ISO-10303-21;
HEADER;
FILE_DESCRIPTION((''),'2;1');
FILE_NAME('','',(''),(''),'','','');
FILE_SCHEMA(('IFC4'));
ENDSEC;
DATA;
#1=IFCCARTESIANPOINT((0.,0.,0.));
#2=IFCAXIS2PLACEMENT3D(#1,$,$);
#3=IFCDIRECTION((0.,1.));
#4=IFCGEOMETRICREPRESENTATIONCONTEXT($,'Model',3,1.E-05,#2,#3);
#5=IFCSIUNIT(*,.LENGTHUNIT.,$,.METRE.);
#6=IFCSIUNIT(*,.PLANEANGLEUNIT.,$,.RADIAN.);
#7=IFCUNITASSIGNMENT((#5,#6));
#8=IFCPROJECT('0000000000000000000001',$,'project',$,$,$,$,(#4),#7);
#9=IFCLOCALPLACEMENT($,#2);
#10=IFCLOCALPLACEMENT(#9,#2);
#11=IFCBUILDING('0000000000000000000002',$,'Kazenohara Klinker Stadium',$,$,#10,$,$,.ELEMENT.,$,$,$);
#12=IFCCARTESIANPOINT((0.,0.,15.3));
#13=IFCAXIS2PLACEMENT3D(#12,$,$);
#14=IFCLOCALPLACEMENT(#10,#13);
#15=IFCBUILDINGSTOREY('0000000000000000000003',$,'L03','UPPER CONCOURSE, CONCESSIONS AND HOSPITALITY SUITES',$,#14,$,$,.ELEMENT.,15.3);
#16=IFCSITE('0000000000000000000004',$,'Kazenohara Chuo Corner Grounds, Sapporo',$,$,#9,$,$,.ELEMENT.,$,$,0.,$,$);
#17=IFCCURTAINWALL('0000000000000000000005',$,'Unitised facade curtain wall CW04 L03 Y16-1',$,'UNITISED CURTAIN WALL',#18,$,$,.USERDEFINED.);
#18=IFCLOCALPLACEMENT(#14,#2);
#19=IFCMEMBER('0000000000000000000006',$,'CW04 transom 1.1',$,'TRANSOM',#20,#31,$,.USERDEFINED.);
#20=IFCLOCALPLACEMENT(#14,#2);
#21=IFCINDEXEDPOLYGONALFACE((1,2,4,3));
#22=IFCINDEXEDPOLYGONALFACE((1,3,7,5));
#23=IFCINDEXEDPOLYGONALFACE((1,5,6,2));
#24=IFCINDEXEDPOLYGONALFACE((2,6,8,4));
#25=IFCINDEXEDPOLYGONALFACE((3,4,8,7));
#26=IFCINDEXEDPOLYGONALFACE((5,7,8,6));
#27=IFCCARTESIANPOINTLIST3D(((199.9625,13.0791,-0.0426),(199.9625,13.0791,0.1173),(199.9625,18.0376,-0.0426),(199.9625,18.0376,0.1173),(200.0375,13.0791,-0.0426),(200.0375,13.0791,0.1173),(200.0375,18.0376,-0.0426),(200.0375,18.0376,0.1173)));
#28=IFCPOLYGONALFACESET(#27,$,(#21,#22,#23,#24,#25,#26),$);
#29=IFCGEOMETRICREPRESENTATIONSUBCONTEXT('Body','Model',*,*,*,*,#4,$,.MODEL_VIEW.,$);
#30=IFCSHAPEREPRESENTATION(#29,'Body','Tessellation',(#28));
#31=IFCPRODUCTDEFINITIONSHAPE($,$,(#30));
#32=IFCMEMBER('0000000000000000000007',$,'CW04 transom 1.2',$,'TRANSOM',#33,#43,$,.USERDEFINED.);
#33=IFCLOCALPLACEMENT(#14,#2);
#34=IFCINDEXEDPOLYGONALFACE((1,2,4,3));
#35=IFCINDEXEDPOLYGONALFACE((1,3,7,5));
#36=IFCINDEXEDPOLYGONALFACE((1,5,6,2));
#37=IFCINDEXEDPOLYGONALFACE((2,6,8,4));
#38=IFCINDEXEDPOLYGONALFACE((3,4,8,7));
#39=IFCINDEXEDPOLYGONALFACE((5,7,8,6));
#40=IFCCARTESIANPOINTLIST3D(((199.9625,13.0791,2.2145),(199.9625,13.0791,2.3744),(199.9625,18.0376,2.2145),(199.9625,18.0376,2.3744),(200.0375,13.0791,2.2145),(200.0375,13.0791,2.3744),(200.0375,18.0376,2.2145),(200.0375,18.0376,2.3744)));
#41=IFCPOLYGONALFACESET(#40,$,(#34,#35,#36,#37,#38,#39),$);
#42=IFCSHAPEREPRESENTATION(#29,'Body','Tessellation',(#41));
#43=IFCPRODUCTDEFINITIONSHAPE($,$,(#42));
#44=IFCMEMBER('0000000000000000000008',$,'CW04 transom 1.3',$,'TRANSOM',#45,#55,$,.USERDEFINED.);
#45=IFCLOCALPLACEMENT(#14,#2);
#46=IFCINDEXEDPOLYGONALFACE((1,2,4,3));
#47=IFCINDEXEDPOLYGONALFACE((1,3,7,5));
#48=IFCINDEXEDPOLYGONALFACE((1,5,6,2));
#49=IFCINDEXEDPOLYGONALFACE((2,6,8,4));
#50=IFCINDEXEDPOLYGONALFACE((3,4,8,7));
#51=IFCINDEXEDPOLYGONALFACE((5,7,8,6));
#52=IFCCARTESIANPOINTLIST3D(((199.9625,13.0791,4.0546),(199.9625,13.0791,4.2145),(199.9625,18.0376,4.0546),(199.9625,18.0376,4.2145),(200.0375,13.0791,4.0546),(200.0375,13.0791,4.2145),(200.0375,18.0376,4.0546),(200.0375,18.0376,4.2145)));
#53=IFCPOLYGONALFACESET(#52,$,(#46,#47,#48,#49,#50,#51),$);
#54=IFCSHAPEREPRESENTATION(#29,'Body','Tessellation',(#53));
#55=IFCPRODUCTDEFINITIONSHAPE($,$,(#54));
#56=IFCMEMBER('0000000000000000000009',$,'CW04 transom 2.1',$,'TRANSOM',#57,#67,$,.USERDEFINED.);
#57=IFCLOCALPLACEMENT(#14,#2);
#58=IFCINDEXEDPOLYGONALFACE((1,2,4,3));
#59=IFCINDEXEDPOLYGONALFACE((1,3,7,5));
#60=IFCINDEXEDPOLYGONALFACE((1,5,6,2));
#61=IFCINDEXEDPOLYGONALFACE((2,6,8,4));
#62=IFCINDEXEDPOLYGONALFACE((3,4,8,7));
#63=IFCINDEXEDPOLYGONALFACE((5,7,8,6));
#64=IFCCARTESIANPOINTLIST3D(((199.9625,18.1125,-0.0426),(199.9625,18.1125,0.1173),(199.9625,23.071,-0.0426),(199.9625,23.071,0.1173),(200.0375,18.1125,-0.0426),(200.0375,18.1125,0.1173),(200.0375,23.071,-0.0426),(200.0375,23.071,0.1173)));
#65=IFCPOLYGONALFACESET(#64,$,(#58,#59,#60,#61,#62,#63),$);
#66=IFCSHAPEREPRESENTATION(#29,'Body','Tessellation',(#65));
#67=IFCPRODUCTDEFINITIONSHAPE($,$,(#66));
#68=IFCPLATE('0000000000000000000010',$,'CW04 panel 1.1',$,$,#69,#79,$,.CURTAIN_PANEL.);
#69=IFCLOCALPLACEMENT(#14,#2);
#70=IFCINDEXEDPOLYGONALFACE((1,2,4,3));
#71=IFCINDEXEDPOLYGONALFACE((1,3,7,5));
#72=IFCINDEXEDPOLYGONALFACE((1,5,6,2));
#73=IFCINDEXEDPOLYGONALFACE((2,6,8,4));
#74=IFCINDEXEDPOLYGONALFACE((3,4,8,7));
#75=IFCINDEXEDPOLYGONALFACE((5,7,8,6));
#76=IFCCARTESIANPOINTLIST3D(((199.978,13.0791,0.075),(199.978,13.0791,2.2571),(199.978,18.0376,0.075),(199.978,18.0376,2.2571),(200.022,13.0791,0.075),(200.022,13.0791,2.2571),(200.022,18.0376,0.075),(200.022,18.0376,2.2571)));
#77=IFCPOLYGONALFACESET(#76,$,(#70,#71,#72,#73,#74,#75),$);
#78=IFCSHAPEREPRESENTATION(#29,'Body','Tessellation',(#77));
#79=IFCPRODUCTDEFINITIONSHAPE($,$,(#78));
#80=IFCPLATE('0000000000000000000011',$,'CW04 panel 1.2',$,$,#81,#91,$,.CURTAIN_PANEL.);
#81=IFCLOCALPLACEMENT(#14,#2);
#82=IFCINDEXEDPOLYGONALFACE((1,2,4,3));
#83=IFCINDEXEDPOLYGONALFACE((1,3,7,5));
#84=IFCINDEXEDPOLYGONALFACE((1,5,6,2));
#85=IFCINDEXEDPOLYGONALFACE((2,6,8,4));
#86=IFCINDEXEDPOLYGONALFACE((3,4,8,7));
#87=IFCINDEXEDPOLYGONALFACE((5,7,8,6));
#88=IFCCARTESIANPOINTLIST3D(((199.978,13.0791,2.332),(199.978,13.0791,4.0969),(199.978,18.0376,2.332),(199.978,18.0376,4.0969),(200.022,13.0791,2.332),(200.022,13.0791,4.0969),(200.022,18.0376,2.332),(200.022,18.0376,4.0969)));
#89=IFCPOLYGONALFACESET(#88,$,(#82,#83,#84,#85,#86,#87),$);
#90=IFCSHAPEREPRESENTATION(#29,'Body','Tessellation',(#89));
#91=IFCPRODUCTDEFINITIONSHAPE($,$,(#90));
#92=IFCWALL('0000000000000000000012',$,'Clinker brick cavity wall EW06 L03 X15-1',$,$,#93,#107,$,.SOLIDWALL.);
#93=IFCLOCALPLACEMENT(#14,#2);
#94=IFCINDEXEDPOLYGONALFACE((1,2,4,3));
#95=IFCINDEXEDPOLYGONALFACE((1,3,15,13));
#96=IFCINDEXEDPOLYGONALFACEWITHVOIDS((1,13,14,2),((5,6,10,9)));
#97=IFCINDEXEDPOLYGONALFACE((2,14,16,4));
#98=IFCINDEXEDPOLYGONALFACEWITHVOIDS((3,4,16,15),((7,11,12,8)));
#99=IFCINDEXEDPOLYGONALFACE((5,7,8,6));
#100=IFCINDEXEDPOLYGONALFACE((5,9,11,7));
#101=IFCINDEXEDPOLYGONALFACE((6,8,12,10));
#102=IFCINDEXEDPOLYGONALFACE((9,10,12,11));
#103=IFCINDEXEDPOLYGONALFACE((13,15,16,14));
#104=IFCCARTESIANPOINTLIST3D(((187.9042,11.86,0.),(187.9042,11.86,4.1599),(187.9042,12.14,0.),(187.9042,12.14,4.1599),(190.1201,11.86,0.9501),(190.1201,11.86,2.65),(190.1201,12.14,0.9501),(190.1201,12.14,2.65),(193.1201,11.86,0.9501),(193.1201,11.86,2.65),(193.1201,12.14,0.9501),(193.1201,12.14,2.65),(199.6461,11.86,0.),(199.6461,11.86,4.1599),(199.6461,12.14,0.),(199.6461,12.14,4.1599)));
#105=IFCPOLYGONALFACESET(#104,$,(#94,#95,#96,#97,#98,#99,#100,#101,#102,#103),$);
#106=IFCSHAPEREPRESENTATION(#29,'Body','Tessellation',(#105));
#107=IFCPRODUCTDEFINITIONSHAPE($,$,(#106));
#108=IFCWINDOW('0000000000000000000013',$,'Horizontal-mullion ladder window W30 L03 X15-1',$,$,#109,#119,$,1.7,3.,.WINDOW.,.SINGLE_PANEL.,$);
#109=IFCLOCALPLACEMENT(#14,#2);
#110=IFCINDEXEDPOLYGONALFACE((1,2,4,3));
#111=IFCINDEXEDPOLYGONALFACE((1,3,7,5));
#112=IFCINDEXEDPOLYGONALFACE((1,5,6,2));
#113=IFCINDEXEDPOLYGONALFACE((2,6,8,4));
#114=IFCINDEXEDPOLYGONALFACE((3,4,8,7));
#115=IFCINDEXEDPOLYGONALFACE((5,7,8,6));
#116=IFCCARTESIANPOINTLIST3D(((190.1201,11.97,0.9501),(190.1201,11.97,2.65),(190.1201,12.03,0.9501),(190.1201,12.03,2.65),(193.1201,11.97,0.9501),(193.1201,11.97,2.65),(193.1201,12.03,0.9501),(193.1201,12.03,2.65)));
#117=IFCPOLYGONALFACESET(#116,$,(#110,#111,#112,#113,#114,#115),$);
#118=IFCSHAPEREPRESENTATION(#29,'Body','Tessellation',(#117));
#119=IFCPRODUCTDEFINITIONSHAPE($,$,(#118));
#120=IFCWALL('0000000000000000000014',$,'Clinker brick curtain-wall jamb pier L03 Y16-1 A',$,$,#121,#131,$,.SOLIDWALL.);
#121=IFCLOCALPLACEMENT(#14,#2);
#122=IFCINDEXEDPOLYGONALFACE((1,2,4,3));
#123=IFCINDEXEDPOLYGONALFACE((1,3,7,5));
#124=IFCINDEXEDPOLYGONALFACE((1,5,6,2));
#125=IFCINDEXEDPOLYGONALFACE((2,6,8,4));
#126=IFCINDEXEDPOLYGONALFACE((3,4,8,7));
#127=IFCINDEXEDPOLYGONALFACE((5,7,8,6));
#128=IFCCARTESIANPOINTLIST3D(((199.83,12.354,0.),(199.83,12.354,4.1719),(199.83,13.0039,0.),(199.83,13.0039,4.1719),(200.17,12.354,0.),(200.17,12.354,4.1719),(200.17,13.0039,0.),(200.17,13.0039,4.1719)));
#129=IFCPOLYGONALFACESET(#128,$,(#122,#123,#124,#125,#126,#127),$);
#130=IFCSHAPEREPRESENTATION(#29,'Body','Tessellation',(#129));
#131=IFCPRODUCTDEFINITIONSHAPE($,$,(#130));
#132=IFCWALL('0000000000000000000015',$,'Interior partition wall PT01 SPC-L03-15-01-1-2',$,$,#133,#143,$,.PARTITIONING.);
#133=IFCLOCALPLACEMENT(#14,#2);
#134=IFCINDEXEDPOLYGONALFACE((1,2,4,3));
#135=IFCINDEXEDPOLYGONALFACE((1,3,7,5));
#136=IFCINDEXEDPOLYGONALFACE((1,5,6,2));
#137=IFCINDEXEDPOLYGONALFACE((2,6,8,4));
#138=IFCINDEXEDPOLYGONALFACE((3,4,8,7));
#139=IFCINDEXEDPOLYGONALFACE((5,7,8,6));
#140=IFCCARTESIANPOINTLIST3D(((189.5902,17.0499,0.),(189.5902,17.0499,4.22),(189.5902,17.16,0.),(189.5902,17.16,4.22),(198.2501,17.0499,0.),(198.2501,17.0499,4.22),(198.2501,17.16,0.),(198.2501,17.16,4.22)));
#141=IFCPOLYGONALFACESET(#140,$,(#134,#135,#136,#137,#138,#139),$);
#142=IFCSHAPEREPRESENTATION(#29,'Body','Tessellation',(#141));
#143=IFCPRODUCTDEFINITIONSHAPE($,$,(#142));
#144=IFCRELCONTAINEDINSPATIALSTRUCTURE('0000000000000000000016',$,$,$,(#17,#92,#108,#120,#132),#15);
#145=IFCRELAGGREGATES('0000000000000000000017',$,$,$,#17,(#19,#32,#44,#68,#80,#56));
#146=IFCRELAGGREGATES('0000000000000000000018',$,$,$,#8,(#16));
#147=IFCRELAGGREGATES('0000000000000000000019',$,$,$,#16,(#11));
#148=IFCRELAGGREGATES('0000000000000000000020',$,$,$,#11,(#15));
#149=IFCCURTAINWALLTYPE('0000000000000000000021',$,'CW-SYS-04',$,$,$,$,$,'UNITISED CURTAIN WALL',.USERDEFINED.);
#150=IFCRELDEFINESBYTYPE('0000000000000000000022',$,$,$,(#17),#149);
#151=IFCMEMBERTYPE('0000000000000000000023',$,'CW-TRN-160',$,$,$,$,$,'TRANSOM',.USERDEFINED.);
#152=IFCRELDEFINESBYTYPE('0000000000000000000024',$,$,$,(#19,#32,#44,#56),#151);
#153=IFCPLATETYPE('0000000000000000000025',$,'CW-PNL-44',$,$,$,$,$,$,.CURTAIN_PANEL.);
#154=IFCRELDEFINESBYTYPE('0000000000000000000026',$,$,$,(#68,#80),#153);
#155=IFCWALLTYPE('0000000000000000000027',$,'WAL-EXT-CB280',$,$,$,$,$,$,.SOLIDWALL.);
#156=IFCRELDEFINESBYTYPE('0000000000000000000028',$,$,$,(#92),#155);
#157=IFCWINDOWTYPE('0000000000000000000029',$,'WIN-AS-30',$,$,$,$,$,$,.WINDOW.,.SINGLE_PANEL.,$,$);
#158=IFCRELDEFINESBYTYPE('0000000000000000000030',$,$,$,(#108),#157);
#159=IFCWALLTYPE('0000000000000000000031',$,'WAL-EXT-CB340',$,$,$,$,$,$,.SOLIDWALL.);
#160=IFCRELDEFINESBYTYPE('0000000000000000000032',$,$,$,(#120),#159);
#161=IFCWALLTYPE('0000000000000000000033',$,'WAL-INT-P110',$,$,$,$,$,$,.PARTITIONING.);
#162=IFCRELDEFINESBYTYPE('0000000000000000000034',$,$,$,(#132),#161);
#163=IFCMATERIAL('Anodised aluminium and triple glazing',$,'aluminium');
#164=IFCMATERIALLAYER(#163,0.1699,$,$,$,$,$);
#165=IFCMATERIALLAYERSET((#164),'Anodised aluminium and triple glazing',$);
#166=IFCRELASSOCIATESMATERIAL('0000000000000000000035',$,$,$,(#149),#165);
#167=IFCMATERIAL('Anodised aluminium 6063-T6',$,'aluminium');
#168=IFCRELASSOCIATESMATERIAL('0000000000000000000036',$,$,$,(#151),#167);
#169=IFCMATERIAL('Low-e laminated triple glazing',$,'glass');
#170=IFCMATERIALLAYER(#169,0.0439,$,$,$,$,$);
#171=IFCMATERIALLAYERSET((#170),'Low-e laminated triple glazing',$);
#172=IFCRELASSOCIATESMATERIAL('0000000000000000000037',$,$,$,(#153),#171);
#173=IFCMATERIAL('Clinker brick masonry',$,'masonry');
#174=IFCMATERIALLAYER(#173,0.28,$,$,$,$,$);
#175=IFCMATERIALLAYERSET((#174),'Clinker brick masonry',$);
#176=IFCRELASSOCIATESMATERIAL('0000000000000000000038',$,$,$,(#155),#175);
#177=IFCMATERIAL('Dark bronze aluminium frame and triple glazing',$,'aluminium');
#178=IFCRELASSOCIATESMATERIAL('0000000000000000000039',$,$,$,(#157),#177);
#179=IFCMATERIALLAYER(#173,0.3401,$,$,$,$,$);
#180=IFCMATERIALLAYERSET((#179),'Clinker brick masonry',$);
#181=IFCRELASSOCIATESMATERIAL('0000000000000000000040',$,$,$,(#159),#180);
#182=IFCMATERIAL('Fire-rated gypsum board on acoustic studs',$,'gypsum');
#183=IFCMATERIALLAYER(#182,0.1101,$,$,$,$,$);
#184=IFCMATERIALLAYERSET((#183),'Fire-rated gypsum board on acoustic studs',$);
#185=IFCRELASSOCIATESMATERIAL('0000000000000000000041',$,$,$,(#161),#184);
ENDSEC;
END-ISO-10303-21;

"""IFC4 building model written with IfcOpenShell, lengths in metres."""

from ifc_helpers import new_model, si_unit, direction, frame, frame_2d, origin, origin_2d, place, context, subcontext, project, spatial, rectangle, extrude, material, layer, layer_set, material_profile, profile_set, type_object, element, fill, aggregate, save


model = new_model("IFC4")

# Units and contexts
model_context = context("Model", 3, precision=1e-05, world=origin(), true_north=direction((0.0, 1.0)))
body_context = subcontext(model_context, "Body", "Model", "MODEL_VIEW")
ifc_project = project(units=[si_unit("LENGTHUNIT", "METRE"), si_unit("PLANEANGLEUNIT", "RADIAN")], contexts=[model_context])

# Site, building, storey
site_placement = place(None, origin())
site = spatial("IfcSite", under=ifc_project, at=site_placement, Name="Kazenohara Chuo Corner Grounds, Sapporo", CompositionType="ELEMENT", RefElevation=0.0)
building_placement = place(site_placement, origin())
building = spatial("IfcBuilding", under=site, at=building_placement, Name="Kazenohara Klinker Stadium", CompositionType="ELEMENT")
storey_placement = place(building_placement, frame((0.0, 0.0, 15.3)))
storey = spatial("IfcBuildingStorey", under=building, at=storey_placement, Name="L03", Description="UPPER CONCOURSE, CONCESSIONS AND HOSPITALITY SUITES", CompositionType="ELEMENT", Elevation=15.3)

# Curtain wall, members, plates
ifc_material_1 = material(Name="Anodised aluminium and triple glazing", Category="aluminium")
ifc_layer_1 = layer(ifc_material_1, 0.1699)
ifc_layer_set_1 = layer_set([ifc_layer_1], Name="Anodised aluminium and triple glazing")
curtain_wall_type = type_object("IfcCurtainWallType", Name="CW-SYS-04", ElementType="UNITISED CURTAIN WALL", PredefinedType="USERDEFINED", material=ifc_layer_set_1)
curtain_wall_placement = place(storey_placement, origin())
curtain_wall = element("IfcCurtainWall", 1, at=curtain_wall_placement, inside=storey, type_object=curtain_wall_type, Name="Unitised facade curtain wall CW04 L03 Y16-1", ObjectType="UNITISED CURTAIN WALL", PredefinedType="USERDEFINED")
ifc_material_2 = material(Name="Anodised aluminium 6063-T6", Category="aluminium")
ifc_material_profile_1 = material_profile(ifc_material_2, rectangle(XDim=0.075, YDim=0.1599, at=origin_2d()), Name="ALU-TRN-75x160")
ifc_profile_set_1 = profile_set([ifc_material_profile_1], Name="Anodised aluminium 6063-T6")
member_type_1 = type_object("IfcMemberType", Name="CW-TRN-160", ElementType="TRANSOM", PredefinedType="USERDEFINED", material=ifc_profile_set_1)
member_1_placement = place(storey_placement, frame((200.0, 13.0791, 0.0374), z_axis=(0.0, 1.0, 0.0), x_axis=(-1.0, 0.0, 0.0)))
member_1 = element("IfcMember", 2, at=member_1_placement, type_object=member_type_1, Name="CW04 transom 1.1", ObjectType="TRANSOM", PredefinedType="USERDEFINED", context=body_context, shape_type="SweptSolid", body=[
    extrude(rectangle(XDim=0.075, YDim=0.1599, at=origin_2d()), origin(), (0.0, 0.0, 1.0), 4.9585),
])
member_2_placement = place(storey_placement, frame((200.0, 13.0791, 2.2944), z_axis=(0.0, 1.0, 0.0), x_axis=(-1.0, 0.0, 0.0)))
member_2 = element("IfcMember", 3, at=member_2_placement, type_object=member_type_1, Name="CW04 transom 1.2", ObjectType="TRANSOM", PredefinedType="USERDEFINED", context=body_context, shape_type="SweptSolid", body=[
    extrude(rectangle(XDim=0.075, YDim=0.1599, at=origin_2d()), origin(), (0.0, 0.0, 1.0), 4.9585),
])
member_3_placement = place(storey_placement, frame((200.0, 13.0791, 4.1345), z_axis=(0.0, 1.0, 0.0), x_axis=(-1.0, 0.0, 0.0)))
member_3 = element("IfcMember", 4, at=member_3_placement, type_object=member_type_1, Name="CW04 transom 1.3", ObjectType="TRANSOM", PredefinedType="USERDEFINED", context=body_context, shape_type="SweptSolid", body=[
    extrude(rectangle(XDim=0.075, YDim=0.1599, at=origin_2d()), origin(), (0.0, 0.0, 1.0), 4.9585),
])
member_4_placement = place(storey_placement, frame((200.0, 18.1125, 0.0374), z_axis=(0.0, 1.0, 0.0), x_axis=(-1.0, 0.0, 0.0)))
member_4 = element("IfcMember", 5, at=member_4_placement, type_object=member_type_1, Name="CW04 transom 2.1", ObjectType="TRANSOM", PredefinedType="USERDEFINED", context=body_context, shape_type="SweptSolid", body=[
    extrude(rectangle(XDim=0.075, YDim=0.1599, at=origin_2d()), origin(), (0.0, 0.0, 1.0), 4.9585),
])
ifc_material_3 = material(Name="Low-e laminated triple glazing", Category="glass")
ifc_layer_2 = layer(ifc_material_3, 0.0439)
ifc_layer_set_2 = layer_set([ifc_layer_2], Name="Low-e laminated triple glazing")
plate_type = type_object("IfcPlateType", Name="CW-PNL-44", PredefinedType="CURTAIN_PANEL", material=ifc_layer_set_2)
plate_1_placement = place(storey_placement, frame((200.0, 15.5583, 0.075), z_axis=(0.0, 0.0, 1.0), x_axis=(0.0, 1.0, 0.0)))
plate_1 = element("IfcPlate", 6, at=plate_1_placement, type_object=plate_type, Name="CW04 panel 1.1", PredefinedType="CURTAIN_PANEL", context=body_context, shape_type="SweptSolid", body=[
    extrude(rectangle(XDim=4.9585, YDim=0.0439, at=origin_2d()), origin(), (0.0, 0.0, 1.0), 2.1821),
])
plate_2_placement = place(storey_placement, frame((200.0, 15.5583, 2.332), z_axis=(0.0, 0.0, 1.0), x_axis=(0.0, 1.0, 0.0)))
plate_2 = element("IfcPlate", 7, at=plate_2_placement, type_object=plate_type, Name="CW04 panel 1.2", PredefinedType="CURTAIN_PANEL", context=body_context, shape_type="SweptSolid", body=[
    extrude(rectangle(XDim=4.9585, YDim=0.0439, at=origin_2d()), origin(), (0.0, 0.0, 1.0), 1.7649),
])
aggregate(curtain_wall, [member_1, member_2, member_3, plate_1, plate_2, member_4])

# Wall, opening, window
ifc_material_4 = material(Name="Clinker brick masonry", Category="masonry")
ifc_layer_3 = layer(ifc_material_4, 0.28)
ifc_layer_set_3 = layer_set([ifc_layer_3], Name="Clinker brick masonry")
wall_type_1 = type_object("IfcWallType", Name="WAL-EXT-CB280", PredefinedType="SOLIDWALL", material=ifc_layer_set_3)
wall_1_placement = place(storey_placement, frame((187.9041, 12.0, 0.0), z_axis=(0.0, 0.0, 1.0), x_axis=(1.0, 0.0, 0.0)))
wall_1 = element("IfcWall", 8, at=wall_1_placement, inside=storey, type_object=wall_type_1, Name="Clinker brick cavity wall EW06 L03 X15-1", PredefinedType="SOLIDWALL", context=body_context, shape_type="SweptSolid", body=[
    extrude(rectangle(XDim=11.7419, YDim=0.28, at=frame_2d((5.8711, 0.0))), origin(), (0.0, 0.0, 1.0), 4.1599),
])
opening_1_placement = place(wall_1_placement, frame((2.2161, 0.0, 0.95)))
opening_1 = element("IfcOpeningElement", 9, at=opening_1_placement, cuts=wall_1, PredefinedType="OPENING", context=body_context, shape_type="SweptSolid", body=[
    extrude(rectangle(XDim=3.0, YDim=1.7, at=frame_2d((1.5, 0.8501))), frame((0.0, 0.1499, 0.0), z_axis=(0.0, -1.0, 0.0), x_axis=(1.0, 0.0, 0.0)), (0.0, 0.0, 1.0), 0.3),
])
ifc_material_5 = material(Name="Dark bronze aluminium frame and triple glazing", Category="aluminium")
window_type = type_object("IfcWindowType", Name="WIN-AS-30", PartitioningType="SINGLE_PANEL", PredefinedType="WINDOW", material=ifc_material_5)
window_placement = place(opening_1_placement, origin())
window = element("IfcWindow", 10, at=window_placement, inside=storey, type_object=window_type, Name="Horizontal-mullion ladder window W30 L03 X15-1", OverallHeight=1.7, OverallWidth=3.0, PartitioningType="SINGLE_PANEL", PredefinedType="WINDOW", context=body_context, shape_type="SweptSolid", body=[
    extrude(rectangle(XDim=3.0, YDim=1.7, at=frame_2d((1.5, 0.8501))), frame((0.0, 0.03, 0.0), z_axis=(0.0, -1.0, 0.0), x_axis=(1.0, 0.0, 0.0)), (0.0, 0.0, 1.0), 0.0601),
])
fill(opening_1, window)

# Walls
ifc_layer_4 = layer(ifc_material_4, 0.3401)
ifc_layer_set_4 = layer_set([ifc_layer_4], Name="Clinker brick masonry")
wall_type_2 = type_object("IfcWallType", Name="WAL-EXT-CB340", PredefinedType="SOLIDWALL", material=ifc_layer_set_4)
wall_2_placement = place(storey_placement, frame((200.0, 12.354, 0.0), z_axis=(0.0, 0.0, 1.0), x_axis=(0.0, 1.0, 0.0)))
element("IfcWall", 11, at=wall_2_placement, inside=storey, type_object=wall_type_2, Name="Clinker brick curtain-wall jamb pier L03 Y16-1 A", PredefinedType="SOLIDWALL", context=body_context, shape_type="SweptSolid", body=[
    extrude(rectangle(XDim=0.6499, YDim=0.3401, at=frame_2d((0.325, 0.0))), origin(), (0.0, 0.0, 1.0), 4.1719),
])
ifc_material_6 = material(Name="Fire-rated gypsum board on acoustic studs", Category="gypsum")
ifc_layer_5 = layer(ifc_material_6, 0.1101)
ifc_layer_set_5 = layer_set([ifc_layer_5], Name="Fire-rated gypsum board on acoustic studs")
wall_type_3 = type_object("IfcWallType", Name="WAL-INT-P110", PredefinedType="PARTITIONING", material=ifc_layer_set_5)
wall_3_placement = place(storey_placement, frame((189.5901, 17.105, 0.0), z_axis=(0.0, 0.0, 1.0), x_axis=(1.0, 0.0, 0.0)))
element("IfcWall", 12, at=wall_3_placement, inside=storey, type_object=wall_type_3, Name="Interior partition wall PT01 SPC-L03-15-01-1-2", PredefinedType="PARTITIONING", context=body_context, shape_type="SweptSolid", body=[
    extrude(rectangle(XDim=8.6599, YDim=0.1101, at=frame_2d((4.3301, 0.0))), origin(), (0.0, 0.0, 1.0), 4.22),
])

save(model, "model.ifc")
